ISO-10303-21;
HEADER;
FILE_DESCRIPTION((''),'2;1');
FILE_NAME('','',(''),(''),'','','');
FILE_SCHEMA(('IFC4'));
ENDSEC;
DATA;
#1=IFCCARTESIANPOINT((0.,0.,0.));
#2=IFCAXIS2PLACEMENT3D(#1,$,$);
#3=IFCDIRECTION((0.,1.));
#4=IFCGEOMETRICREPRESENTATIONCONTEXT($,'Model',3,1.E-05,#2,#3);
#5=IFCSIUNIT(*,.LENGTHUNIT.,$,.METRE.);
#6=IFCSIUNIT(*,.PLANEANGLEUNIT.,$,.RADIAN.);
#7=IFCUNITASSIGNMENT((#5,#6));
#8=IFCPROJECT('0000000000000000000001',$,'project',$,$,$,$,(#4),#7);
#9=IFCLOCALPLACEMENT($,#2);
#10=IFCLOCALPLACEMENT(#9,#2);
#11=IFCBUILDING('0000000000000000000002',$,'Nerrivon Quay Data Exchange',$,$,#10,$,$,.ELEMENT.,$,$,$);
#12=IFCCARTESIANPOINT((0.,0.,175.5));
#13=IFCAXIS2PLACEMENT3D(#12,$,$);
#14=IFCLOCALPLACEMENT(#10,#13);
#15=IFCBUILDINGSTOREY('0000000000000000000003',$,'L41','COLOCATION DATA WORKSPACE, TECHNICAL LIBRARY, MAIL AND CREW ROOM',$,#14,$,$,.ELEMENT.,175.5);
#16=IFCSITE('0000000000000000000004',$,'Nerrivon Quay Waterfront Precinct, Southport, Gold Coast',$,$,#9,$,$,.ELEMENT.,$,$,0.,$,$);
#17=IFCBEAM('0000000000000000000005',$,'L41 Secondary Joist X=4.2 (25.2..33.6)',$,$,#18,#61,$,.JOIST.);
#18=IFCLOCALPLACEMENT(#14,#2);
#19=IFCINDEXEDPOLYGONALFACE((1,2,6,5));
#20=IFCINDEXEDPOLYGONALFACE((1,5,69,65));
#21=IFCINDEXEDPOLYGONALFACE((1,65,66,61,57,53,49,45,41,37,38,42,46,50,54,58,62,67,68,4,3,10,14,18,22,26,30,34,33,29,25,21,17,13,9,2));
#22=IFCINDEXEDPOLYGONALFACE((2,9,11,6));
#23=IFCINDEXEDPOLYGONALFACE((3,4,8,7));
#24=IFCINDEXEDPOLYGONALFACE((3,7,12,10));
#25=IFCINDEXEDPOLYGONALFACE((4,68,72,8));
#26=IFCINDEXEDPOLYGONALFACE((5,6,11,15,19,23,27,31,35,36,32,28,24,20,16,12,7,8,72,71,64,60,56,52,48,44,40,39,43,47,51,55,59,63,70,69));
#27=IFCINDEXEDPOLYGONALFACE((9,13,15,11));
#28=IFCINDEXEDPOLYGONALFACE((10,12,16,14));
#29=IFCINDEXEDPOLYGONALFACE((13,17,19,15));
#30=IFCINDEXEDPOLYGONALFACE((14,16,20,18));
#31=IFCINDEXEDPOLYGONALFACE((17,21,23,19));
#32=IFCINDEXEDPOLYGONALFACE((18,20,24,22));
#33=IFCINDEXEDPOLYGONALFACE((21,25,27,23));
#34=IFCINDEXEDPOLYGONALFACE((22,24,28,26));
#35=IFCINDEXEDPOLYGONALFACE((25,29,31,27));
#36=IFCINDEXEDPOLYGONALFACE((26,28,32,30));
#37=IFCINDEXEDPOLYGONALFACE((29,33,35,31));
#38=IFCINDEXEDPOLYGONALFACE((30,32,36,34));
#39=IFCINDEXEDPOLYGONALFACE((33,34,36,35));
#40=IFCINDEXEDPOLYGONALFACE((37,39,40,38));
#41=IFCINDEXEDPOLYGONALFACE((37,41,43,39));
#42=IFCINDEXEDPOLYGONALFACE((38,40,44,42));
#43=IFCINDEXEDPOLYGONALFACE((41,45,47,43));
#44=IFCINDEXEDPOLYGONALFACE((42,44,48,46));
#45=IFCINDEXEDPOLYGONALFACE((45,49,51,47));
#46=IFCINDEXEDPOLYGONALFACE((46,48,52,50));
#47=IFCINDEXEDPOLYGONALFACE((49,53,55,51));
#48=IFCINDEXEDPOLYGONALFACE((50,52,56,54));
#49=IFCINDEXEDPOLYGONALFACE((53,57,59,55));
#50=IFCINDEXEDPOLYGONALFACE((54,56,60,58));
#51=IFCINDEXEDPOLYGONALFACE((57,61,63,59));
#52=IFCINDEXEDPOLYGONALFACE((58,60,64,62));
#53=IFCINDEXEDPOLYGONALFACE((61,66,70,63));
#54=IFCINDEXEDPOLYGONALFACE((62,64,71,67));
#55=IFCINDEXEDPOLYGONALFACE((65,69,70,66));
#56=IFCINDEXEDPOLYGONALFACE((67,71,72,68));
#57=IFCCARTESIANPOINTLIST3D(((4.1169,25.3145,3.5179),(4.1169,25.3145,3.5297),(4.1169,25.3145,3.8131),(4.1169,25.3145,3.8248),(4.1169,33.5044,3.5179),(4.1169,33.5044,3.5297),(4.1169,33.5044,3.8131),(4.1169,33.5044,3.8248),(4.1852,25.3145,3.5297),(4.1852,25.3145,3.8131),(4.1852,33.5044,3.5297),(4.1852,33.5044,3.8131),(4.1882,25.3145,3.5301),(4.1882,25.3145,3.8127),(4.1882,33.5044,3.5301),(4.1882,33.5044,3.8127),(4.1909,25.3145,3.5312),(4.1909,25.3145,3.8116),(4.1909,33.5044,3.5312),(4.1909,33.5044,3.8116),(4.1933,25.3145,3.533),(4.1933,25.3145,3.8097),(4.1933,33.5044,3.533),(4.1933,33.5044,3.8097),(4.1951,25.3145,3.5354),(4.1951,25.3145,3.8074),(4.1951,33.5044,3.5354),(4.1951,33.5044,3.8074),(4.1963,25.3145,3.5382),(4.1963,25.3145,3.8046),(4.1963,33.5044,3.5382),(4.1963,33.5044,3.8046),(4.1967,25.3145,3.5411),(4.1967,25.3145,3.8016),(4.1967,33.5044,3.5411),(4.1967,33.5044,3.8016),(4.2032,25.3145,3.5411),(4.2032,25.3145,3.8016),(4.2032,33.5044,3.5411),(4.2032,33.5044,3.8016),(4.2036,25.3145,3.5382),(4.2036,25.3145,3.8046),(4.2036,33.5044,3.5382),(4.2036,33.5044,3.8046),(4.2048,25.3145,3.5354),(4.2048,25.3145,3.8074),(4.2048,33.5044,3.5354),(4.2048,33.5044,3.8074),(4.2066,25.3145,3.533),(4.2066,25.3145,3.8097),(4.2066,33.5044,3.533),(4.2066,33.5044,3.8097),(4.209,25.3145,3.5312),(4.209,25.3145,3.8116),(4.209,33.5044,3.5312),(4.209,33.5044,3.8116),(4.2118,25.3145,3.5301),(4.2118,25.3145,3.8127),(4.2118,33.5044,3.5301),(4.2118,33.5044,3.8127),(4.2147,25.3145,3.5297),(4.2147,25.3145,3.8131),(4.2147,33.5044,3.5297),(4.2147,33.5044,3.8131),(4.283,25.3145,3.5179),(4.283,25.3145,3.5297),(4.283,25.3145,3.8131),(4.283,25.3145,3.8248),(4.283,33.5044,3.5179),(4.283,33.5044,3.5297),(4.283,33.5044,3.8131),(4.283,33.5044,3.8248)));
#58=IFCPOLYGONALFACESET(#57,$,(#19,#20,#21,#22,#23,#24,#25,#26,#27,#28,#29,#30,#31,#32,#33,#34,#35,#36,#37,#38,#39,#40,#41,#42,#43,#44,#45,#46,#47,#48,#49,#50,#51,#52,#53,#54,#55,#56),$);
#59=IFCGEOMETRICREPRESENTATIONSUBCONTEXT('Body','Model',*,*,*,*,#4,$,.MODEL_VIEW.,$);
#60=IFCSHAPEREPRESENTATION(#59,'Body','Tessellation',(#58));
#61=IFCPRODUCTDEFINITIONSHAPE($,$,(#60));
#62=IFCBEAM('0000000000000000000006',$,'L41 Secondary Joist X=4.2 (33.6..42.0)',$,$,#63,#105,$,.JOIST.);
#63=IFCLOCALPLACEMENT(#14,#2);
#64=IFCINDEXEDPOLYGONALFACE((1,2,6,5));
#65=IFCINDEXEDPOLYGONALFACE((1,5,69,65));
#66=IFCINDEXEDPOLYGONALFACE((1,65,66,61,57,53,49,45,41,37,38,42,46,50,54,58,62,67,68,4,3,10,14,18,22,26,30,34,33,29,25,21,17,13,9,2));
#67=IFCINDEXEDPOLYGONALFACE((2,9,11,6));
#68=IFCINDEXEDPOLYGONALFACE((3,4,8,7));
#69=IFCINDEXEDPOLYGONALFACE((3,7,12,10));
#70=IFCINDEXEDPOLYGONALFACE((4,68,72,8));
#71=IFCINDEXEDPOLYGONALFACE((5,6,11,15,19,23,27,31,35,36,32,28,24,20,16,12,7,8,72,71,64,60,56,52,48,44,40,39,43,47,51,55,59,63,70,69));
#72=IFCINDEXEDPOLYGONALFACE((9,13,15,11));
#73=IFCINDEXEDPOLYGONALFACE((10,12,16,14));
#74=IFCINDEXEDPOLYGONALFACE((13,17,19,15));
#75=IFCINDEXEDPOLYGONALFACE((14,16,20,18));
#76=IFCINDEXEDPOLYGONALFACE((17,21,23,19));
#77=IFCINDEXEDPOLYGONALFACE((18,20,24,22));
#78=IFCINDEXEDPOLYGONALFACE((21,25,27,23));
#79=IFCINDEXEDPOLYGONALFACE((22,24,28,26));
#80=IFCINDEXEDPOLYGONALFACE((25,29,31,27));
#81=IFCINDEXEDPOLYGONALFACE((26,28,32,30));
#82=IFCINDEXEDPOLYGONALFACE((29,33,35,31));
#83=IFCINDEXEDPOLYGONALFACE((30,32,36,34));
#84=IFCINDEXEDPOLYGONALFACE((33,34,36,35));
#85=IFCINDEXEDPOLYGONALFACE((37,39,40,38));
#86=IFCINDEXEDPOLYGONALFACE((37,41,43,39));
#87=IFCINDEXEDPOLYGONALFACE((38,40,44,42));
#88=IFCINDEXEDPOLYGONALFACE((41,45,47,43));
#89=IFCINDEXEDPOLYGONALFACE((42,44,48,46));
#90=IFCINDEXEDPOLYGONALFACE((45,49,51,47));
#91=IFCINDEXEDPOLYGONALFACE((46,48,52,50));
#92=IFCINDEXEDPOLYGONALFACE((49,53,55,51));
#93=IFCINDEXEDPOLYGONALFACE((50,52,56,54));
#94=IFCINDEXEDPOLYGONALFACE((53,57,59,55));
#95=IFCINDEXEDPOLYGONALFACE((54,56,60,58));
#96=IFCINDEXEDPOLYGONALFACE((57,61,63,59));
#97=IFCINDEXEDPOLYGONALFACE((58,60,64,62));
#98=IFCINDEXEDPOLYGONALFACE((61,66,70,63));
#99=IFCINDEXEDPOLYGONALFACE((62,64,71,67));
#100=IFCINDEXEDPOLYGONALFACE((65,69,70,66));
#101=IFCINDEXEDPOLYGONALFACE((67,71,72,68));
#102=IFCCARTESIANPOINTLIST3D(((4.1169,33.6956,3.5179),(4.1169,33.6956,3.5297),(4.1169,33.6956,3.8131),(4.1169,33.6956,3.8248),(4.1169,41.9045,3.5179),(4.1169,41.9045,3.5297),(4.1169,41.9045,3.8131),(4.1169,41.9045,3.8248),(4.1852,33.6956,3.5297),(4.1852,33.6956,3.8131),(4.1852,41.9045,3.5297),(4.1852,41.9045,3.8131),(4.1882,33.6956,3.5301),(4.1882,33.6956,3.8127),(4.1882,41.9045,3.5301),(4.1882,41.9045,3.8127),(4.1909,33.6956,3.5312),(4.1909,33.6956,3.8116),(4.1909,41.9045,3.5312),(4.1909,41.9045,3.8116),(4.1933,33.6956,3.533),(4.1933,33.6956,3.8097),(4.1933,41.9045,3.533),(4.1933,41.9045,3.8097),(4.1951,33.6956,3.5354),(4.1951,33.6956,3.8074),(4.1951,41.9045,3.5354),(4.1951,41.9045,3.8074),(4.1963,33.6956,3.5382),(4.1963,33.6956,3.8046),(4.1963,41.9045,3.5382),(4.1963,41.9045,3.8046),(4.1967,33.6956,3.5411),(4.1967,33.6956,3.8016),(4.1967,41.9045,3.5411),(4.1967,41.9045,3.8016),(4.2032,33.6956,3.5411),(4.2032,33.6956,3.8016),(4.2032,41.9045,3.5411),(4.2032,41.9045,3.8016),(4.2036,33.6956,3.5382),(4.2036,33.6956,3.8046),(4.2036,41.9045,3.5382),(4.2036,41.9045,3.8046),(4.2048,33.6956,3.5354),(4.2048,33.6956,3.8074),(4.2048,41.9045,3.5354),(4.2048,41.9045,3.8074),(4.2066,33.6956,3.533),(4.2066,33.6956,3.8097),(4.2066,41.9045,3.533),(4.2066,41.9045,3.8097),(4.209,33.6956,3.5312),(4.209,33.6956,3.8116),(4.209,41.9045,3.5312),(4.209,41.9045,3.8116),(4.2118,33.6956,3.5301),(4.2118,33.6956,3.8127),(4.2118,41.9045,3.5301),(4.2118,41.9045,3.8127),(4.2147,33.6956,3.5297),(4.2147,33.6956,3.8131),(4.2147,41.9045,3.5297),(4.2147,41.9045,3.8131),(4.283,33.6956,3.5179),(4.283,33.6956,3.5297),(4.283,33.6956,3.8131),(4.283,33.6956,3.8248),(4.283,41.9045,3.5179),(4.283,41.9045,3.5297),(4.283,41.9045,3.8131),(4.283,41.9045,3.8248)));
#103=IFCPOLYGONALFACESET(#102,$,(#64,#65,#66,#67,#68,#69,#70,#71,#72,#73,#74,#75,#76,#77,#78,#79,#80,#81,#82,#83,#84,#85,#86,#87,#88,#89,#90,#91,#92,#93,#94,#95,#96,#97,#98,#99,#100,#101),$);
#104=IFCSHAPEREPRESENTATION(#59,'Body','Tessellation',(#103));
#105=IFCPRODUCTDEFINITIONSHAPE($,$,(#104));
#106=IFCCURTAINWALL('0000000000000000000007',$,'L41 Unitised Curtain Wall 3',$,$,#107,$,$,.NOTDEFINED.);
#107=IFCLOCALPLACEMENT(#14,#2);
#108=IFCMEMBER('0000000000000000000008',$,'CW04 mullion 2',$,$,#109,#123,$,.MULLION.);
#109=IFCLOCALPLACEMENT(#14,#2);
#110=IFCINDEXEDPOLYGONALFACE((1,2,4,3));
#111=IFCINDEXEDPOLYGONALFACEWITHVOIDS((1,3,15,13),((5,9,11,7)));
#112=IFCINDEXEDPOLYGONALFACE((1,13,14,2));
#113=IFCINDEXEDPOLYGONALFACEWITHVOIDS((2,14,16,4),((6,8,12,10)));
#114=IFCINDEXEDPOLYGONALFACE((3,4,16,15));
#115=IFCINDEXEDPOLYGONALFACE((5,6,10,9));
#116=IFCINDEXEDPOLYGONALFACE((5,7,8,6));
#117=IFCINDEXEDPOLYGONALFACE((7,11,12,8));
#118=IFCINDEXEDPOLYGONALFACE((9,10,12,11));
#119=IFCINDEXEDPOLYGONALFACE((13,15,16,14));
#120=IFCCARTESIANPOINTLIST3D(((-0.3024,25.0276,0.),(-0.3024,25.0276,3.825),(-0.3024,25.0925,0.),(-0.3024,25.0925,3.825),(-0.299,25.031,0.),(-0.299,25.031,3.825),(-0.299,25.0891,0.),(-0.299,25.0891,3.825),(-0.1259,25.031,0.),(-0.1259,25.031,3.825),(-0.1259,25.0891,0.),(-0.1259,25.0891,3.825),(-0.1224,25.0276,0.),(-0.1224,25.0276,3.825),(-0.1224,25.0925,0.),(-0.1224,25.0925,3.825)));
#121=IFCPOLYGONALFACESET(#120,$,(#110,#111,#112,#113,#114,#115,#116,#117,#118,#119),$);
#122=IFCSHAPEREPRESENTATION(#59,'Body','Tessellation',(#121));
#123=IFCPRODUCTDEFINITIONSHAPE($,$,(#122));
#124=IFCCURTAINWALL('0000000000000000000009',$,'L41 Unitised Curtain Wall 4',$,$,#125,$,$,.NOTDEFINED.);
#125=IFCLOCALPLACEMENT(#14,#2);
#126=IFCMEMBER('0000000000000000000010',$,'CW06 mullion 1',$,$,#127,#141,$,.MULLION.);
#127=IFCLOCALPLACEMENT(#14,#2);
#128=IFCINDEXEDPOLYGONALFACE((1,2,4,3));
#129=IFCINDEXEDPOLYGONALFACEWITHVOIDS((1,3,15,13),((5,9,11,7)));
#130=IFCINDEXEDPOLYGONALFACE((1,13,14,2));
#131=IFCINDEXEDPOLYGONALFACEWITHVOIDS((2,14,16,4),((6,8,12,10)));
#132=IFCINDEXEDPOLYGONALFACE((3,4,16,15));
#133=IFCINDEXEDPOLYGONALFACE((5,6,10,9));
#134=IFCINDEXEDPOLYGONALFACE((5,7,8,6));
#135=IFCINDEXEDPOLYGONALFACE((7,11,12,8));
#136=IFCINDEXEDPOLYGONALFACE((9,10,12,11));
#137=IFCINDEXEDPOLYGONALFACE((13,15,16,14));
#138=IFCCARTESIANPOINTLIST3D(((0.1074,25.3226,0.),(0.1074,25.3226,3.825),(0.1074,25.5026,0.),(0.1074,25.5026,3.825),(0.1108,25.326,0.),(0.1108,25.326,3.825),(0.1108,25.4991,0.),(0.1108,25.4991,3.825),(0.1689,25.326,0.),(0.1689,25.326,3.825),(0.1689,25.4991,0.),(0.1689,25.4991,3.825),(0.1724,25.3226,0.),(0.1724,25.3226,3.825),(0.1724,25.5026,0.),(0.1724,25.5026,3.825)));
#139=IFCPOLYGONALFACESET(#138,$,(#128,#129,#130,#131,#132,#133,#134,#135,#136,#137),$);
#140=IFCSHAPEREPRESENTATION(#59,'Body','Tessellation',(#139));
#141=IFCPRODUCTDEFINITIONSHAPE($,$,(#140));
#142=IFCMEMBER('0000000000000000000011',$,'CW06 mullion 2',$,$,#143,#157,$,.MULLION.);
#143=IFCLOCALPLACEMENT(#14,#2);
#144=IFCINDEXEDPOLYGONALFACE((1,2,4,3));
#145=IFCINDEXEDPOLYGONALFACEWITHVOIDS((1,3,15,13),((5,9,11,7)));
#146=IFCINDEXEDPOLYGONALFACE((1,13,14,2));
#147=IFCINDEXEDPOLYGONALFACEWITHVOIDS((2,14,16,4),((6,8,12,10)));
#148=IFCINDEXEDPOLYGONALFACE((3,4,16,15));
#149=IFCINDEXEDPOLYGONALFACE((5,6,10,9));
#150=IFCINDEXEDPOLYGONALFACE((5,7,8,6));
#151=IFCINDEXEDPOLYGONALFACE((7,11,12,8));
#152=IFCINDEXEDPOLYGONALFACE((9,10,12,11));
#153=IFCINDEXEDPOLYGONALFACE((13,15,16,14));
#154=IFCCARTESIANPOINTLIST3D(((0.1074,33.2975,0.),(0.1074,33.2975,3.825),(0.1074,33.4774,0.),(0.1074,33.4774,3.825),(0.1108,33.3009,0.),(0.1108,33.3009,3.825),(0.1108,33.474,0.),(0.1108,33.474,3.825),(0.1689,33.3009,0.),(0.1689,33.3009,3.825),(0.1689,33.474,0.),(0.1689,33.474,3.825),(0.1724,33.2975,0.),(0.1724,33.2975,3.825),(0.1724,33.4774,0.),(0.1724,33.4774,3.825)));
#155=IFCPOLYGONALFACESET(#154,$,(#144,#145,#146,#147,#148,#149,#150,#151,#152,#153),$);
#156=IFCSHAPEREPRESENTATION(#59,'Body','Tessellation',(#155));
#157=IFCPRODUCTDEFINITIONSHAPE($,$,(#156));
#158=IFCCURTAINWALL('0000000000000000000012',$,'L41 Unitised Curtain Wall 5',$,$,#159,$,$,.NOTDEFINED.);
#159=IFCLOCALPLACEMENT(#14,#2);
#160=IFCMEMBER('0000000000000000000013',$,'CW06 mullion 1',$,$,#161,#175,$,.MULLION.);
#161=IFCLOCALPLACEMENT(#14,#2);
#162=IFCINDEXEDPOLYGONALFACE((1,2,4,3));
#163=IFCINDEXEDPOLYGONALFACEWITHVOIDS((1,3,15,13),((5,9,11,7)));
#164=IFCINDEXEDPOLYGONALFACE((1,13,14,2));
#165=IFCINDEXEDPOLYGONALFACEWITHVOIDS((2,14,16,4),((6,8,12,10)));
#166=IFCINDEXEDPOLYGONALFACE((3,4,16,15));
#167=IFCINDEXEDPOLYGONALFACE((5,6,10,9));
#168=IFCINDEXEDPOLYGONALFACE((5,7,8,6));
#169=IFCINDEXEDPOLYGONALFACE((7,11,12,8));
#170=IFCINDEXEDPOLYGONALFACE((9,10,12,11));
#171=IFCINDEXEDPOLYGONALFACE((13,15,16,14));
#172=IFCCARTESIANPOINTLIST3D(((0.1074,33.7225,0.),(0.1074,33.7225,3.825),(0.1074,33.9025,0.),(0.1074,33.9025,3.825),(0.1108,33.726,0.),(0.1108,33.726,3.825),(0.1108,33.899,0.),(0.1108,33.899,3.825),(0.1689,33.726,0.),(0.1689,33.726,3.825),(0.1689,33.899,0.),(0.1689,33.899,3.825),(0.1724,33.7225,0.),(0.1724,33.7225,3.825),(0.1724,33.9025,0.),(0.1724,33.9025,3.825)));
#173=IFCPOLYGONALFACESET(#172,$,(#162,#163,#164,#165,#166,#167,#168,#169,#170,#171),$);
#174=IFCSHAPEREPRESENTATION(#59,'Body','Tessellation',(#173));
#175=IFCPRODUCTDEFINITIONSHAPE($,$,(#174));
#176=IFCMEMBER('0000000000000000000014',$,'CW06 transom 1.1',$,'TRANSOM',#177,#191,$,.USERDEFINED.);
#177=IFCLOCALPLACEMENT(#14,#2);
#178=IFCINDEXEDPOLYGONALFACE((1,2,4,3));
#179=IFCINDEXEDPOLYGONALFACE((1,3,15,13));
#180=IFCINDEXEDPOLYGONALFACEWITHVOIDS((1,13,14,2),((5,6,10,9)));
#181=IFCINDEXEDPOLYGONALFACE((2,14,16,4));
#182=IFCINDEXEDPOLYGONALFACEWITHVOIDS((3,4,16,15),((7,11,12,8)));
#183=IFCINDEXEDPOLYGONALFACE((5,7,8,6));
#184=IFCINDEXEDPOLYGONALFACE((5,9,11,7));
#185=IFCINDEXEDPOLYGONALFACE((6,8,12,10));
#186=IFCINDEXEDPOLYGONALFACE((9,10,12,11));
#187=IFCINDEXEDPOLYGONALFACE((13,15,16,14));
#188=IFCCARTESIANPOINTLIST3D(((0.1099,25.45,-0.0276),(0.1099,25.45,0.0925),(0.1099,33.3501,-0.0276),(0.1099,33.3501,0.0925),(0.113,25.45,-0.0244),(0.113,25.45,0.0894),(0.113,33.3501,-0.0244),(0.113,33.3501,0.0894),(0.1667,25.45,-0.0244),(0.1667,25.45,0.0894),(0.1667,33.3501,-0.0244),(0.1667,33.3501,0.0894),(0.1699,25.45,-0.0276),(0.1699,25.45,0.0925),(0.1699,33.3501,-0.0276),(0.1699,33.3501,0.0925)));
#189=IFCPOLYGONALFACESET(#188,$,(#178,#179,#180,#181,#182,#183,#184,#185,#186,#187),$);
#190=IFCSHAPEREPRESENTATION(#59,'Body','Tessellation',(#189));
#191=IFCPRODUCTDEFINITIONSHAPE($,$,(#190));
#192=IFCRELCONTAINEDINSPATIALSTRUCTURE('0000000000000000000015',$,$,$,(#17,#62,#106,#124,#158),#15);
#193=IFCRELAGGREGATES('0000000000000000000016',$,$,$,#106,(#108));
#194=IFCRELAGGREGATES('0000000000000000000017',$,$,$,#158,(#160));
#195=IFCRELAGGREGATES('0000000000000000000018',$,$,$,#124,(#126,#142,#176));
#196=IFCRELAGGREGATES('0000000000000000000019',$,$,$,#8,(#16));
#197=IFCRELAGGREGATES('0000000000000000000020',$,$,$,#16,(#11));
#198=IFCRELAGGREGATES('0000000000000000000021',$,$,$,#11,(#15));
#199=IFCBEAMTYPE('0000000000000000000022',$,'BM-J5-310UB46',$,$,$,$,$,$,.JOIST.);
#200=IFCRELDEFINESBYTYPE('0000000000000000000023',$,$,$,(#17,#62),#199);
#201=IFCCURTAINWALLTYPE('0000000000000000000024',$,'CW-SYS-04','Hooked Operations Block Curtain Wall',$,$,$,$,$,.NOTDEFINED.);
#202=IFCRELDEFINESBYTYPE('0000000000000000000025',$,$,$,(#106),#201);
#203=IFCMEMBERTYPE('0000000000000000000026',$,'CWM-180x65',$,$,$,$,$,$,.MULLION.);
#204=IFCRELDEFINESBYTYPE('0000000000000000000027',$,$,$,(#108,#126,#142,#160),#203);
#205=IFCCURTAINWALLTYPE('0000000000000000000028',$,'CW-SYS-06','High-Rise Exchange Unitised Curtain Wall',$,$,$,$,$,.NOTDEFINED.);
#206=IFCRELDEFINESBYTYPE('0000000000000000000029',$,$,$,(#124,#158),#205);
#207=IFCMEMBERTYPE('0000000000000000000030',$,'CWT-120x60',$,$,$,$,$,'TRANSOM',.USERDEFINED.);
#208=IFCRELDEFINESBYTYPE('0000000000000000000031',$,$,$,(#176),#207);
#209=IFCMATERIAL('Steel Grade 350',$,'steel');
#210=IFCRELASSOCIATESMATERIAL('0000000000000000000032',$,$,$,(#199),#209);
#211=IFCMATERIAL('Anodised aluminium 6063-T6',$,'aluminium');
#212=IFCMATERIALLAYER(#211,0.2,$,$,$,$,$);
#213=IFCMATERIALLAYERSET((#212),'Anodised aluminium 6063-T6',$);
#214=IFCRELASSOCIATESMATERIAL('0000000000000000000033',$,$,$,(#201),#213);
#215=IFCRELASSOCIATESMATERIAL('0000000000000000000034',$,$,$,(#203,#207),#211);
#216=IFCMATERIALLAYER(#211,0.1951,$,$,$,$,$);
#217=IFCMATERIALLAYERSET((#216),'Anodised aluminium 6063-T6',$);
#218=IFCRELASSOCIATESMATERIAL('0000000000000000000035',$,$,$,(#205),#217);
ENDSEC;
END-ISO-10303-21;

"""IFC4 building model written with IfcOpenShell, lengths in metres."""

from ifc_helpers import new_model, si_unit, direction, frame, origin, origin_2d, place, context, subcontext, project, spatial, hollow_rectangle, i_section, extrude, material, layer, layer_set, material_profile, profile_set, type_object, element, aggregate, save


model = new_model("IFC4")

# Units and contexts
model_context = context("Model", 3, precision=1e-05, world=origin(), true_north=direction((0.0, 1.0)))
body_context = subcontext(model_context, "Body", "Model", "MODEL_VIEW")
ifc_project = project(units=[si_unit("LENGTHUNIT", "METRE"), si_unit("PLANEANGLEUNIT", "RADIAN")], contexts=[model_context])

# Site, building, storey
site_placement = place(None, origin())
site = spatial("IfcSite", under=ifc_project, at=site_placement, Name="Nerrivon Quay Waterfront Precinct, Southport, Gold Coast", CompositionType="ELEMENT", RefElevation=0.0)
building_placement = place(site_placement, origin())
building = spatial("IfcBuilding", under=site, at=building_placement, Name="Nerrivon Quay Data Exchange", CompositionType="ELEMENT")
storey_placement = place(building_placement, frame((0.0, 0.0, 175.5)))
storey = spatial("IfcBuildingStorey", under=building, at=storey_placement, Name="L41", Description="COLOCATION DATA WORKSPACE, TECHNICAL LIBRARY, MAIL AND CREW ROOM", CompositionType="ELEMENT", Elevation=175.5)

# Shared definitions
ifc_material_1 = material(Name="Steel Grade 350", Category="steel")

# Beams
ifc_material_profile_1 = material_profile(ifc_material_1, i_section(OverallWidth=0.166, OverallDepth=0.3069, WebThickness=0.0066, FlangeThickness=0.0117, FilletRadius=0.0115, at=origin_2d()), Name="310UB46.2")
ifc_profile_set_1 = profile_set([ifc_material_profile_1], Name="Steel Grade 350")
beam_type_1 = type_object("IfcBeamType", Name="BM-J5-310UB46", PredefinedType="JOIST", material=ifc_profile_set_1)
beam_1_placement = place(storey_placement, frame((4.2, 25.3145, 3.6714), z_axis=(0.0, 1.0, 0.0), x_axis=(-1.0, 0.0, 0.0)))
element("IfcBeam", 1, at=beam_1_placement, inside=storey, type_object=beam_type_1, Name="L41 Secondary Joist X=4.2 (25.2..33.6)", PredefinedType="JOIST", context=body_context, shape_type="SweptSolid", body=[
    extrude(i_section(OverallWidth=0.166, OverallDepth=0.3069, WebThickness=0.0066, FlangeThickness=0.0117, FilletRadius=0.0115, at=origin_2d()), origin(), (0.0, 0.0, 1.0), 8.1899),
])
beam_2_placement = place(storey_placement, frame((4.2, 33.6956, 3.6714), z_axis=(0.0, 1.0, 0.0), x_axis=(-1.0, 0.0, 0.0)))
element("IfcBeam", 2, at=beam_2_placement, inside=storey, type_object=beam_type_1, Name="L41 Secondary Joist X=4.2 (33.6..42.0)", PredefinedType="JOIST", context=body_context, shape_type="SweptSolid", body=[
    extrude(i_section(OverallWidth=0.166, OverallDepth=0.3069, WebThickness=0.0066, FlangeThickness=0.0117, FilletRadius=0.0115, at=origin_2d()), origin(), (0.0, 0.0, 1.0), 8.209),
])

# Curtain wall, member
ifc_material_2 = material(Name="Anodised aluminium 6063-T6", Category="aluminium")
ifc_layer_1 = layer(ifc_material_2, 0.2)
ifc_layer_set_1 = layer_set([ifc_layer_1], Name="Anodised aluminium 6063-T6")
curtain_wall_type_1 = type_object("IfcCurtainWallType", Name="CW-SYS-04", Description="Hooked Operations Block Curtain Wall", PredefinedType="NOTDEFINED", material=ifc_layer_set_1)
curtain_wall_1_placement = place(storey_placement, origin())
curtain_wall_1 = element("IfcCurtainWall", 3, at=curtain_wall_1_placement, inside=storey, type_object=curtain_wall_type_1, Name="L41 Unitised Curtain Wall 3", PredefinedType="NOTDEFINED")
ifc_material_profile_2 = material_profile(ifc_material_2, hollow_rectangle(XDim=0.0649, YDim=0.1799, WallThickness=0.0034, at=origin_2d()), Name="ALU-MULL-180x65")
ifc_profile_set_2 = profile_set([ifc_material_profile_2], Name="Anodised aluminium 6063-T6")
member_type_1 = type_object("IfcMemberType", Name="CWM-180x65", PredefinedType="MULLION", material=ifc_profile_set_2)
member_1_placement = place(storey_placement, frame((-0.2124, 25.0601, 0.0), z_axis=(0.0, 0.0, 1.0), x_axis=(0.0, 1.0, 0.0)))
member_1 = element("IfcMember", 4, at=member_1_placement, type_object=member_type_1, Name="CW04 mullion 2", PredefinedType="MULLION", context=body_context, shape_type="SweptSolid", body=[
    extrude(hollow_rectangle(XDim=0.0649, YDim=0.1799, WallThickness=0.0034, at=origin_2d()), origin(), (0.0, 0.0, 1.0), 3.825),
])
aggregate(curtain_wall_1, [member_1])

# Curtain wall, members
ifc_layer_2 = layer(ifc_material_2, 0.1951)
ifc_layer_set_2 = layer_set([ifc_layer_2], Name="Anodised aluminium 6063-T6")
curtain_wall_type_2 = type_object("IfcCurtainWallType", Name="CW-SYS-06", Description="High-Rise Exchange Unitised Curtain Wall", PredefinedType="NOTDEFINED", material=ifc_layer_set_2)
curtain_wall_2_placement = place(storey_placement, origin())
curtain_wall_2 = element("IfcCurtainWall", 5, at=curtain_wall_2_placement, inside=storey, type_object=curtain_wall_type_2, Name="L41 Unitised Curtain Wall 4", PredefinedType="NOTDEFINED")
member_2_placement = place(storey_placement, frame((0.1399, 25.4126, 0.0), z_axis=(0.0, 0.0, 1.0), x_axis=(-1.0, 0.0, 0.0)))
member_2 = element("IfcMember", 6, at=member_2_placement, type_object=member_type_1, Name="CW06 mullion 1", PredefinedType="MULLION", context=body_context, shape_type="SweptSolid", body=[
    extrude(hollow_rectangle(XDim=0.0649, YDim=0.1799, WallThickness=0.0034, at=origin_2d()), origin(), (0.0, 0.0, 1.0), 3.825),
])
member_3_placement = place(storey_placement, frame((0.1399, 33.3875, 0.0), z_axis=(0.0, 0.0, 1.0), x_axis=(-1.0, 0.0, 0.0)))
member_3 = element("IfcMember", 7, at=member_3_placement, type_object=member_type_1, Name="CW06 mullion 2", PredefinedType="MULLION", context=body_context, shape_type="SweptSolid", body=[
    extrude(hollow_rectangle(XDim=0.0649, YDim=0.1799, WallThickness=0.0034, at=origin_2d()), origin(), (0.0, 0.0, 1.0), 3.825),
])

# Curtain wall, member
curtain_wall_3_placement = place(storey_placement, origin())
curtain_wall_3 = element("IfcCurtainWall", 8, at=curtain_wall_3_placement, inside=storey, type_object=curtain_wall_type_2, Name="L41 Unitised Curtain Wall 5", PredefinedType="NOTDEFINED")
member_4_placement = place(storey_placement, frame((0.1399, 33.8125, 0.0), z_axis=(0.0, 0.0, 1.0), x_axis=(-1.0, 0.0, 0.0)))
member_4 = element("IfcMember", 9, at=member_4_placement, type_object=member_type_1, Name="CW06 mullion 1", PredefinedType="MULLION", context=body_context, shape_type="SweptSolid", body=[
    extrude(hollow_rectangle(XDim=0.0649, YDim=0.1799, WallThickness=0.0034, at=origin_2d()), origin(), (0.0, 0.0, 1.0), 3.825),
])

# Member
ifc_material_profile_3 = material_profile(ifc_material_2, hollow_rectangle(XDim=0.0601, YDim=0.1201, WallThickness=0.0032, at=origin_2d()), Name="ALU-TRAN-120x60")
ifc_profile_set_3 = profile_set([ifc_material_profile_3], Name="Anodised aluminium 6063-T6")
member_type_2 = type_object("IfcMemberType", Name="CWT-120x60", ElementType="TRANSOM", PredefinedType="USERDEFINED", material=ifc_profile_set_3)
member_5_placement = place(storey_placement, frame((0.1399, 25.45, 0.0325), z_axis=(0.0, 1.0, 0.0), x_axis=(-1.0, 0.0, 0.0)))
member_5 = element("IfcMember", 10, at=member_5_placement, type_object=member_type_2, Name="CW06 transom 1.1", ObjectType="TRANSOM", PredefinedType="USERDEFINED", context=body_context, shape_type="SweptSolid", body=[
    extrude(hollow_rectangle(XDim=0.0601, YDim=0.1201, WallThickness=0.0032, at=origin_2d()), origin(), (0.0, 0.0, 1.0), 7.9001),
])
aggregate(curtain_wall_3, [member_4])

aggregate(curtain_wall_2, [member_2, member_3, member_5])

save(model, "model.ifc")
